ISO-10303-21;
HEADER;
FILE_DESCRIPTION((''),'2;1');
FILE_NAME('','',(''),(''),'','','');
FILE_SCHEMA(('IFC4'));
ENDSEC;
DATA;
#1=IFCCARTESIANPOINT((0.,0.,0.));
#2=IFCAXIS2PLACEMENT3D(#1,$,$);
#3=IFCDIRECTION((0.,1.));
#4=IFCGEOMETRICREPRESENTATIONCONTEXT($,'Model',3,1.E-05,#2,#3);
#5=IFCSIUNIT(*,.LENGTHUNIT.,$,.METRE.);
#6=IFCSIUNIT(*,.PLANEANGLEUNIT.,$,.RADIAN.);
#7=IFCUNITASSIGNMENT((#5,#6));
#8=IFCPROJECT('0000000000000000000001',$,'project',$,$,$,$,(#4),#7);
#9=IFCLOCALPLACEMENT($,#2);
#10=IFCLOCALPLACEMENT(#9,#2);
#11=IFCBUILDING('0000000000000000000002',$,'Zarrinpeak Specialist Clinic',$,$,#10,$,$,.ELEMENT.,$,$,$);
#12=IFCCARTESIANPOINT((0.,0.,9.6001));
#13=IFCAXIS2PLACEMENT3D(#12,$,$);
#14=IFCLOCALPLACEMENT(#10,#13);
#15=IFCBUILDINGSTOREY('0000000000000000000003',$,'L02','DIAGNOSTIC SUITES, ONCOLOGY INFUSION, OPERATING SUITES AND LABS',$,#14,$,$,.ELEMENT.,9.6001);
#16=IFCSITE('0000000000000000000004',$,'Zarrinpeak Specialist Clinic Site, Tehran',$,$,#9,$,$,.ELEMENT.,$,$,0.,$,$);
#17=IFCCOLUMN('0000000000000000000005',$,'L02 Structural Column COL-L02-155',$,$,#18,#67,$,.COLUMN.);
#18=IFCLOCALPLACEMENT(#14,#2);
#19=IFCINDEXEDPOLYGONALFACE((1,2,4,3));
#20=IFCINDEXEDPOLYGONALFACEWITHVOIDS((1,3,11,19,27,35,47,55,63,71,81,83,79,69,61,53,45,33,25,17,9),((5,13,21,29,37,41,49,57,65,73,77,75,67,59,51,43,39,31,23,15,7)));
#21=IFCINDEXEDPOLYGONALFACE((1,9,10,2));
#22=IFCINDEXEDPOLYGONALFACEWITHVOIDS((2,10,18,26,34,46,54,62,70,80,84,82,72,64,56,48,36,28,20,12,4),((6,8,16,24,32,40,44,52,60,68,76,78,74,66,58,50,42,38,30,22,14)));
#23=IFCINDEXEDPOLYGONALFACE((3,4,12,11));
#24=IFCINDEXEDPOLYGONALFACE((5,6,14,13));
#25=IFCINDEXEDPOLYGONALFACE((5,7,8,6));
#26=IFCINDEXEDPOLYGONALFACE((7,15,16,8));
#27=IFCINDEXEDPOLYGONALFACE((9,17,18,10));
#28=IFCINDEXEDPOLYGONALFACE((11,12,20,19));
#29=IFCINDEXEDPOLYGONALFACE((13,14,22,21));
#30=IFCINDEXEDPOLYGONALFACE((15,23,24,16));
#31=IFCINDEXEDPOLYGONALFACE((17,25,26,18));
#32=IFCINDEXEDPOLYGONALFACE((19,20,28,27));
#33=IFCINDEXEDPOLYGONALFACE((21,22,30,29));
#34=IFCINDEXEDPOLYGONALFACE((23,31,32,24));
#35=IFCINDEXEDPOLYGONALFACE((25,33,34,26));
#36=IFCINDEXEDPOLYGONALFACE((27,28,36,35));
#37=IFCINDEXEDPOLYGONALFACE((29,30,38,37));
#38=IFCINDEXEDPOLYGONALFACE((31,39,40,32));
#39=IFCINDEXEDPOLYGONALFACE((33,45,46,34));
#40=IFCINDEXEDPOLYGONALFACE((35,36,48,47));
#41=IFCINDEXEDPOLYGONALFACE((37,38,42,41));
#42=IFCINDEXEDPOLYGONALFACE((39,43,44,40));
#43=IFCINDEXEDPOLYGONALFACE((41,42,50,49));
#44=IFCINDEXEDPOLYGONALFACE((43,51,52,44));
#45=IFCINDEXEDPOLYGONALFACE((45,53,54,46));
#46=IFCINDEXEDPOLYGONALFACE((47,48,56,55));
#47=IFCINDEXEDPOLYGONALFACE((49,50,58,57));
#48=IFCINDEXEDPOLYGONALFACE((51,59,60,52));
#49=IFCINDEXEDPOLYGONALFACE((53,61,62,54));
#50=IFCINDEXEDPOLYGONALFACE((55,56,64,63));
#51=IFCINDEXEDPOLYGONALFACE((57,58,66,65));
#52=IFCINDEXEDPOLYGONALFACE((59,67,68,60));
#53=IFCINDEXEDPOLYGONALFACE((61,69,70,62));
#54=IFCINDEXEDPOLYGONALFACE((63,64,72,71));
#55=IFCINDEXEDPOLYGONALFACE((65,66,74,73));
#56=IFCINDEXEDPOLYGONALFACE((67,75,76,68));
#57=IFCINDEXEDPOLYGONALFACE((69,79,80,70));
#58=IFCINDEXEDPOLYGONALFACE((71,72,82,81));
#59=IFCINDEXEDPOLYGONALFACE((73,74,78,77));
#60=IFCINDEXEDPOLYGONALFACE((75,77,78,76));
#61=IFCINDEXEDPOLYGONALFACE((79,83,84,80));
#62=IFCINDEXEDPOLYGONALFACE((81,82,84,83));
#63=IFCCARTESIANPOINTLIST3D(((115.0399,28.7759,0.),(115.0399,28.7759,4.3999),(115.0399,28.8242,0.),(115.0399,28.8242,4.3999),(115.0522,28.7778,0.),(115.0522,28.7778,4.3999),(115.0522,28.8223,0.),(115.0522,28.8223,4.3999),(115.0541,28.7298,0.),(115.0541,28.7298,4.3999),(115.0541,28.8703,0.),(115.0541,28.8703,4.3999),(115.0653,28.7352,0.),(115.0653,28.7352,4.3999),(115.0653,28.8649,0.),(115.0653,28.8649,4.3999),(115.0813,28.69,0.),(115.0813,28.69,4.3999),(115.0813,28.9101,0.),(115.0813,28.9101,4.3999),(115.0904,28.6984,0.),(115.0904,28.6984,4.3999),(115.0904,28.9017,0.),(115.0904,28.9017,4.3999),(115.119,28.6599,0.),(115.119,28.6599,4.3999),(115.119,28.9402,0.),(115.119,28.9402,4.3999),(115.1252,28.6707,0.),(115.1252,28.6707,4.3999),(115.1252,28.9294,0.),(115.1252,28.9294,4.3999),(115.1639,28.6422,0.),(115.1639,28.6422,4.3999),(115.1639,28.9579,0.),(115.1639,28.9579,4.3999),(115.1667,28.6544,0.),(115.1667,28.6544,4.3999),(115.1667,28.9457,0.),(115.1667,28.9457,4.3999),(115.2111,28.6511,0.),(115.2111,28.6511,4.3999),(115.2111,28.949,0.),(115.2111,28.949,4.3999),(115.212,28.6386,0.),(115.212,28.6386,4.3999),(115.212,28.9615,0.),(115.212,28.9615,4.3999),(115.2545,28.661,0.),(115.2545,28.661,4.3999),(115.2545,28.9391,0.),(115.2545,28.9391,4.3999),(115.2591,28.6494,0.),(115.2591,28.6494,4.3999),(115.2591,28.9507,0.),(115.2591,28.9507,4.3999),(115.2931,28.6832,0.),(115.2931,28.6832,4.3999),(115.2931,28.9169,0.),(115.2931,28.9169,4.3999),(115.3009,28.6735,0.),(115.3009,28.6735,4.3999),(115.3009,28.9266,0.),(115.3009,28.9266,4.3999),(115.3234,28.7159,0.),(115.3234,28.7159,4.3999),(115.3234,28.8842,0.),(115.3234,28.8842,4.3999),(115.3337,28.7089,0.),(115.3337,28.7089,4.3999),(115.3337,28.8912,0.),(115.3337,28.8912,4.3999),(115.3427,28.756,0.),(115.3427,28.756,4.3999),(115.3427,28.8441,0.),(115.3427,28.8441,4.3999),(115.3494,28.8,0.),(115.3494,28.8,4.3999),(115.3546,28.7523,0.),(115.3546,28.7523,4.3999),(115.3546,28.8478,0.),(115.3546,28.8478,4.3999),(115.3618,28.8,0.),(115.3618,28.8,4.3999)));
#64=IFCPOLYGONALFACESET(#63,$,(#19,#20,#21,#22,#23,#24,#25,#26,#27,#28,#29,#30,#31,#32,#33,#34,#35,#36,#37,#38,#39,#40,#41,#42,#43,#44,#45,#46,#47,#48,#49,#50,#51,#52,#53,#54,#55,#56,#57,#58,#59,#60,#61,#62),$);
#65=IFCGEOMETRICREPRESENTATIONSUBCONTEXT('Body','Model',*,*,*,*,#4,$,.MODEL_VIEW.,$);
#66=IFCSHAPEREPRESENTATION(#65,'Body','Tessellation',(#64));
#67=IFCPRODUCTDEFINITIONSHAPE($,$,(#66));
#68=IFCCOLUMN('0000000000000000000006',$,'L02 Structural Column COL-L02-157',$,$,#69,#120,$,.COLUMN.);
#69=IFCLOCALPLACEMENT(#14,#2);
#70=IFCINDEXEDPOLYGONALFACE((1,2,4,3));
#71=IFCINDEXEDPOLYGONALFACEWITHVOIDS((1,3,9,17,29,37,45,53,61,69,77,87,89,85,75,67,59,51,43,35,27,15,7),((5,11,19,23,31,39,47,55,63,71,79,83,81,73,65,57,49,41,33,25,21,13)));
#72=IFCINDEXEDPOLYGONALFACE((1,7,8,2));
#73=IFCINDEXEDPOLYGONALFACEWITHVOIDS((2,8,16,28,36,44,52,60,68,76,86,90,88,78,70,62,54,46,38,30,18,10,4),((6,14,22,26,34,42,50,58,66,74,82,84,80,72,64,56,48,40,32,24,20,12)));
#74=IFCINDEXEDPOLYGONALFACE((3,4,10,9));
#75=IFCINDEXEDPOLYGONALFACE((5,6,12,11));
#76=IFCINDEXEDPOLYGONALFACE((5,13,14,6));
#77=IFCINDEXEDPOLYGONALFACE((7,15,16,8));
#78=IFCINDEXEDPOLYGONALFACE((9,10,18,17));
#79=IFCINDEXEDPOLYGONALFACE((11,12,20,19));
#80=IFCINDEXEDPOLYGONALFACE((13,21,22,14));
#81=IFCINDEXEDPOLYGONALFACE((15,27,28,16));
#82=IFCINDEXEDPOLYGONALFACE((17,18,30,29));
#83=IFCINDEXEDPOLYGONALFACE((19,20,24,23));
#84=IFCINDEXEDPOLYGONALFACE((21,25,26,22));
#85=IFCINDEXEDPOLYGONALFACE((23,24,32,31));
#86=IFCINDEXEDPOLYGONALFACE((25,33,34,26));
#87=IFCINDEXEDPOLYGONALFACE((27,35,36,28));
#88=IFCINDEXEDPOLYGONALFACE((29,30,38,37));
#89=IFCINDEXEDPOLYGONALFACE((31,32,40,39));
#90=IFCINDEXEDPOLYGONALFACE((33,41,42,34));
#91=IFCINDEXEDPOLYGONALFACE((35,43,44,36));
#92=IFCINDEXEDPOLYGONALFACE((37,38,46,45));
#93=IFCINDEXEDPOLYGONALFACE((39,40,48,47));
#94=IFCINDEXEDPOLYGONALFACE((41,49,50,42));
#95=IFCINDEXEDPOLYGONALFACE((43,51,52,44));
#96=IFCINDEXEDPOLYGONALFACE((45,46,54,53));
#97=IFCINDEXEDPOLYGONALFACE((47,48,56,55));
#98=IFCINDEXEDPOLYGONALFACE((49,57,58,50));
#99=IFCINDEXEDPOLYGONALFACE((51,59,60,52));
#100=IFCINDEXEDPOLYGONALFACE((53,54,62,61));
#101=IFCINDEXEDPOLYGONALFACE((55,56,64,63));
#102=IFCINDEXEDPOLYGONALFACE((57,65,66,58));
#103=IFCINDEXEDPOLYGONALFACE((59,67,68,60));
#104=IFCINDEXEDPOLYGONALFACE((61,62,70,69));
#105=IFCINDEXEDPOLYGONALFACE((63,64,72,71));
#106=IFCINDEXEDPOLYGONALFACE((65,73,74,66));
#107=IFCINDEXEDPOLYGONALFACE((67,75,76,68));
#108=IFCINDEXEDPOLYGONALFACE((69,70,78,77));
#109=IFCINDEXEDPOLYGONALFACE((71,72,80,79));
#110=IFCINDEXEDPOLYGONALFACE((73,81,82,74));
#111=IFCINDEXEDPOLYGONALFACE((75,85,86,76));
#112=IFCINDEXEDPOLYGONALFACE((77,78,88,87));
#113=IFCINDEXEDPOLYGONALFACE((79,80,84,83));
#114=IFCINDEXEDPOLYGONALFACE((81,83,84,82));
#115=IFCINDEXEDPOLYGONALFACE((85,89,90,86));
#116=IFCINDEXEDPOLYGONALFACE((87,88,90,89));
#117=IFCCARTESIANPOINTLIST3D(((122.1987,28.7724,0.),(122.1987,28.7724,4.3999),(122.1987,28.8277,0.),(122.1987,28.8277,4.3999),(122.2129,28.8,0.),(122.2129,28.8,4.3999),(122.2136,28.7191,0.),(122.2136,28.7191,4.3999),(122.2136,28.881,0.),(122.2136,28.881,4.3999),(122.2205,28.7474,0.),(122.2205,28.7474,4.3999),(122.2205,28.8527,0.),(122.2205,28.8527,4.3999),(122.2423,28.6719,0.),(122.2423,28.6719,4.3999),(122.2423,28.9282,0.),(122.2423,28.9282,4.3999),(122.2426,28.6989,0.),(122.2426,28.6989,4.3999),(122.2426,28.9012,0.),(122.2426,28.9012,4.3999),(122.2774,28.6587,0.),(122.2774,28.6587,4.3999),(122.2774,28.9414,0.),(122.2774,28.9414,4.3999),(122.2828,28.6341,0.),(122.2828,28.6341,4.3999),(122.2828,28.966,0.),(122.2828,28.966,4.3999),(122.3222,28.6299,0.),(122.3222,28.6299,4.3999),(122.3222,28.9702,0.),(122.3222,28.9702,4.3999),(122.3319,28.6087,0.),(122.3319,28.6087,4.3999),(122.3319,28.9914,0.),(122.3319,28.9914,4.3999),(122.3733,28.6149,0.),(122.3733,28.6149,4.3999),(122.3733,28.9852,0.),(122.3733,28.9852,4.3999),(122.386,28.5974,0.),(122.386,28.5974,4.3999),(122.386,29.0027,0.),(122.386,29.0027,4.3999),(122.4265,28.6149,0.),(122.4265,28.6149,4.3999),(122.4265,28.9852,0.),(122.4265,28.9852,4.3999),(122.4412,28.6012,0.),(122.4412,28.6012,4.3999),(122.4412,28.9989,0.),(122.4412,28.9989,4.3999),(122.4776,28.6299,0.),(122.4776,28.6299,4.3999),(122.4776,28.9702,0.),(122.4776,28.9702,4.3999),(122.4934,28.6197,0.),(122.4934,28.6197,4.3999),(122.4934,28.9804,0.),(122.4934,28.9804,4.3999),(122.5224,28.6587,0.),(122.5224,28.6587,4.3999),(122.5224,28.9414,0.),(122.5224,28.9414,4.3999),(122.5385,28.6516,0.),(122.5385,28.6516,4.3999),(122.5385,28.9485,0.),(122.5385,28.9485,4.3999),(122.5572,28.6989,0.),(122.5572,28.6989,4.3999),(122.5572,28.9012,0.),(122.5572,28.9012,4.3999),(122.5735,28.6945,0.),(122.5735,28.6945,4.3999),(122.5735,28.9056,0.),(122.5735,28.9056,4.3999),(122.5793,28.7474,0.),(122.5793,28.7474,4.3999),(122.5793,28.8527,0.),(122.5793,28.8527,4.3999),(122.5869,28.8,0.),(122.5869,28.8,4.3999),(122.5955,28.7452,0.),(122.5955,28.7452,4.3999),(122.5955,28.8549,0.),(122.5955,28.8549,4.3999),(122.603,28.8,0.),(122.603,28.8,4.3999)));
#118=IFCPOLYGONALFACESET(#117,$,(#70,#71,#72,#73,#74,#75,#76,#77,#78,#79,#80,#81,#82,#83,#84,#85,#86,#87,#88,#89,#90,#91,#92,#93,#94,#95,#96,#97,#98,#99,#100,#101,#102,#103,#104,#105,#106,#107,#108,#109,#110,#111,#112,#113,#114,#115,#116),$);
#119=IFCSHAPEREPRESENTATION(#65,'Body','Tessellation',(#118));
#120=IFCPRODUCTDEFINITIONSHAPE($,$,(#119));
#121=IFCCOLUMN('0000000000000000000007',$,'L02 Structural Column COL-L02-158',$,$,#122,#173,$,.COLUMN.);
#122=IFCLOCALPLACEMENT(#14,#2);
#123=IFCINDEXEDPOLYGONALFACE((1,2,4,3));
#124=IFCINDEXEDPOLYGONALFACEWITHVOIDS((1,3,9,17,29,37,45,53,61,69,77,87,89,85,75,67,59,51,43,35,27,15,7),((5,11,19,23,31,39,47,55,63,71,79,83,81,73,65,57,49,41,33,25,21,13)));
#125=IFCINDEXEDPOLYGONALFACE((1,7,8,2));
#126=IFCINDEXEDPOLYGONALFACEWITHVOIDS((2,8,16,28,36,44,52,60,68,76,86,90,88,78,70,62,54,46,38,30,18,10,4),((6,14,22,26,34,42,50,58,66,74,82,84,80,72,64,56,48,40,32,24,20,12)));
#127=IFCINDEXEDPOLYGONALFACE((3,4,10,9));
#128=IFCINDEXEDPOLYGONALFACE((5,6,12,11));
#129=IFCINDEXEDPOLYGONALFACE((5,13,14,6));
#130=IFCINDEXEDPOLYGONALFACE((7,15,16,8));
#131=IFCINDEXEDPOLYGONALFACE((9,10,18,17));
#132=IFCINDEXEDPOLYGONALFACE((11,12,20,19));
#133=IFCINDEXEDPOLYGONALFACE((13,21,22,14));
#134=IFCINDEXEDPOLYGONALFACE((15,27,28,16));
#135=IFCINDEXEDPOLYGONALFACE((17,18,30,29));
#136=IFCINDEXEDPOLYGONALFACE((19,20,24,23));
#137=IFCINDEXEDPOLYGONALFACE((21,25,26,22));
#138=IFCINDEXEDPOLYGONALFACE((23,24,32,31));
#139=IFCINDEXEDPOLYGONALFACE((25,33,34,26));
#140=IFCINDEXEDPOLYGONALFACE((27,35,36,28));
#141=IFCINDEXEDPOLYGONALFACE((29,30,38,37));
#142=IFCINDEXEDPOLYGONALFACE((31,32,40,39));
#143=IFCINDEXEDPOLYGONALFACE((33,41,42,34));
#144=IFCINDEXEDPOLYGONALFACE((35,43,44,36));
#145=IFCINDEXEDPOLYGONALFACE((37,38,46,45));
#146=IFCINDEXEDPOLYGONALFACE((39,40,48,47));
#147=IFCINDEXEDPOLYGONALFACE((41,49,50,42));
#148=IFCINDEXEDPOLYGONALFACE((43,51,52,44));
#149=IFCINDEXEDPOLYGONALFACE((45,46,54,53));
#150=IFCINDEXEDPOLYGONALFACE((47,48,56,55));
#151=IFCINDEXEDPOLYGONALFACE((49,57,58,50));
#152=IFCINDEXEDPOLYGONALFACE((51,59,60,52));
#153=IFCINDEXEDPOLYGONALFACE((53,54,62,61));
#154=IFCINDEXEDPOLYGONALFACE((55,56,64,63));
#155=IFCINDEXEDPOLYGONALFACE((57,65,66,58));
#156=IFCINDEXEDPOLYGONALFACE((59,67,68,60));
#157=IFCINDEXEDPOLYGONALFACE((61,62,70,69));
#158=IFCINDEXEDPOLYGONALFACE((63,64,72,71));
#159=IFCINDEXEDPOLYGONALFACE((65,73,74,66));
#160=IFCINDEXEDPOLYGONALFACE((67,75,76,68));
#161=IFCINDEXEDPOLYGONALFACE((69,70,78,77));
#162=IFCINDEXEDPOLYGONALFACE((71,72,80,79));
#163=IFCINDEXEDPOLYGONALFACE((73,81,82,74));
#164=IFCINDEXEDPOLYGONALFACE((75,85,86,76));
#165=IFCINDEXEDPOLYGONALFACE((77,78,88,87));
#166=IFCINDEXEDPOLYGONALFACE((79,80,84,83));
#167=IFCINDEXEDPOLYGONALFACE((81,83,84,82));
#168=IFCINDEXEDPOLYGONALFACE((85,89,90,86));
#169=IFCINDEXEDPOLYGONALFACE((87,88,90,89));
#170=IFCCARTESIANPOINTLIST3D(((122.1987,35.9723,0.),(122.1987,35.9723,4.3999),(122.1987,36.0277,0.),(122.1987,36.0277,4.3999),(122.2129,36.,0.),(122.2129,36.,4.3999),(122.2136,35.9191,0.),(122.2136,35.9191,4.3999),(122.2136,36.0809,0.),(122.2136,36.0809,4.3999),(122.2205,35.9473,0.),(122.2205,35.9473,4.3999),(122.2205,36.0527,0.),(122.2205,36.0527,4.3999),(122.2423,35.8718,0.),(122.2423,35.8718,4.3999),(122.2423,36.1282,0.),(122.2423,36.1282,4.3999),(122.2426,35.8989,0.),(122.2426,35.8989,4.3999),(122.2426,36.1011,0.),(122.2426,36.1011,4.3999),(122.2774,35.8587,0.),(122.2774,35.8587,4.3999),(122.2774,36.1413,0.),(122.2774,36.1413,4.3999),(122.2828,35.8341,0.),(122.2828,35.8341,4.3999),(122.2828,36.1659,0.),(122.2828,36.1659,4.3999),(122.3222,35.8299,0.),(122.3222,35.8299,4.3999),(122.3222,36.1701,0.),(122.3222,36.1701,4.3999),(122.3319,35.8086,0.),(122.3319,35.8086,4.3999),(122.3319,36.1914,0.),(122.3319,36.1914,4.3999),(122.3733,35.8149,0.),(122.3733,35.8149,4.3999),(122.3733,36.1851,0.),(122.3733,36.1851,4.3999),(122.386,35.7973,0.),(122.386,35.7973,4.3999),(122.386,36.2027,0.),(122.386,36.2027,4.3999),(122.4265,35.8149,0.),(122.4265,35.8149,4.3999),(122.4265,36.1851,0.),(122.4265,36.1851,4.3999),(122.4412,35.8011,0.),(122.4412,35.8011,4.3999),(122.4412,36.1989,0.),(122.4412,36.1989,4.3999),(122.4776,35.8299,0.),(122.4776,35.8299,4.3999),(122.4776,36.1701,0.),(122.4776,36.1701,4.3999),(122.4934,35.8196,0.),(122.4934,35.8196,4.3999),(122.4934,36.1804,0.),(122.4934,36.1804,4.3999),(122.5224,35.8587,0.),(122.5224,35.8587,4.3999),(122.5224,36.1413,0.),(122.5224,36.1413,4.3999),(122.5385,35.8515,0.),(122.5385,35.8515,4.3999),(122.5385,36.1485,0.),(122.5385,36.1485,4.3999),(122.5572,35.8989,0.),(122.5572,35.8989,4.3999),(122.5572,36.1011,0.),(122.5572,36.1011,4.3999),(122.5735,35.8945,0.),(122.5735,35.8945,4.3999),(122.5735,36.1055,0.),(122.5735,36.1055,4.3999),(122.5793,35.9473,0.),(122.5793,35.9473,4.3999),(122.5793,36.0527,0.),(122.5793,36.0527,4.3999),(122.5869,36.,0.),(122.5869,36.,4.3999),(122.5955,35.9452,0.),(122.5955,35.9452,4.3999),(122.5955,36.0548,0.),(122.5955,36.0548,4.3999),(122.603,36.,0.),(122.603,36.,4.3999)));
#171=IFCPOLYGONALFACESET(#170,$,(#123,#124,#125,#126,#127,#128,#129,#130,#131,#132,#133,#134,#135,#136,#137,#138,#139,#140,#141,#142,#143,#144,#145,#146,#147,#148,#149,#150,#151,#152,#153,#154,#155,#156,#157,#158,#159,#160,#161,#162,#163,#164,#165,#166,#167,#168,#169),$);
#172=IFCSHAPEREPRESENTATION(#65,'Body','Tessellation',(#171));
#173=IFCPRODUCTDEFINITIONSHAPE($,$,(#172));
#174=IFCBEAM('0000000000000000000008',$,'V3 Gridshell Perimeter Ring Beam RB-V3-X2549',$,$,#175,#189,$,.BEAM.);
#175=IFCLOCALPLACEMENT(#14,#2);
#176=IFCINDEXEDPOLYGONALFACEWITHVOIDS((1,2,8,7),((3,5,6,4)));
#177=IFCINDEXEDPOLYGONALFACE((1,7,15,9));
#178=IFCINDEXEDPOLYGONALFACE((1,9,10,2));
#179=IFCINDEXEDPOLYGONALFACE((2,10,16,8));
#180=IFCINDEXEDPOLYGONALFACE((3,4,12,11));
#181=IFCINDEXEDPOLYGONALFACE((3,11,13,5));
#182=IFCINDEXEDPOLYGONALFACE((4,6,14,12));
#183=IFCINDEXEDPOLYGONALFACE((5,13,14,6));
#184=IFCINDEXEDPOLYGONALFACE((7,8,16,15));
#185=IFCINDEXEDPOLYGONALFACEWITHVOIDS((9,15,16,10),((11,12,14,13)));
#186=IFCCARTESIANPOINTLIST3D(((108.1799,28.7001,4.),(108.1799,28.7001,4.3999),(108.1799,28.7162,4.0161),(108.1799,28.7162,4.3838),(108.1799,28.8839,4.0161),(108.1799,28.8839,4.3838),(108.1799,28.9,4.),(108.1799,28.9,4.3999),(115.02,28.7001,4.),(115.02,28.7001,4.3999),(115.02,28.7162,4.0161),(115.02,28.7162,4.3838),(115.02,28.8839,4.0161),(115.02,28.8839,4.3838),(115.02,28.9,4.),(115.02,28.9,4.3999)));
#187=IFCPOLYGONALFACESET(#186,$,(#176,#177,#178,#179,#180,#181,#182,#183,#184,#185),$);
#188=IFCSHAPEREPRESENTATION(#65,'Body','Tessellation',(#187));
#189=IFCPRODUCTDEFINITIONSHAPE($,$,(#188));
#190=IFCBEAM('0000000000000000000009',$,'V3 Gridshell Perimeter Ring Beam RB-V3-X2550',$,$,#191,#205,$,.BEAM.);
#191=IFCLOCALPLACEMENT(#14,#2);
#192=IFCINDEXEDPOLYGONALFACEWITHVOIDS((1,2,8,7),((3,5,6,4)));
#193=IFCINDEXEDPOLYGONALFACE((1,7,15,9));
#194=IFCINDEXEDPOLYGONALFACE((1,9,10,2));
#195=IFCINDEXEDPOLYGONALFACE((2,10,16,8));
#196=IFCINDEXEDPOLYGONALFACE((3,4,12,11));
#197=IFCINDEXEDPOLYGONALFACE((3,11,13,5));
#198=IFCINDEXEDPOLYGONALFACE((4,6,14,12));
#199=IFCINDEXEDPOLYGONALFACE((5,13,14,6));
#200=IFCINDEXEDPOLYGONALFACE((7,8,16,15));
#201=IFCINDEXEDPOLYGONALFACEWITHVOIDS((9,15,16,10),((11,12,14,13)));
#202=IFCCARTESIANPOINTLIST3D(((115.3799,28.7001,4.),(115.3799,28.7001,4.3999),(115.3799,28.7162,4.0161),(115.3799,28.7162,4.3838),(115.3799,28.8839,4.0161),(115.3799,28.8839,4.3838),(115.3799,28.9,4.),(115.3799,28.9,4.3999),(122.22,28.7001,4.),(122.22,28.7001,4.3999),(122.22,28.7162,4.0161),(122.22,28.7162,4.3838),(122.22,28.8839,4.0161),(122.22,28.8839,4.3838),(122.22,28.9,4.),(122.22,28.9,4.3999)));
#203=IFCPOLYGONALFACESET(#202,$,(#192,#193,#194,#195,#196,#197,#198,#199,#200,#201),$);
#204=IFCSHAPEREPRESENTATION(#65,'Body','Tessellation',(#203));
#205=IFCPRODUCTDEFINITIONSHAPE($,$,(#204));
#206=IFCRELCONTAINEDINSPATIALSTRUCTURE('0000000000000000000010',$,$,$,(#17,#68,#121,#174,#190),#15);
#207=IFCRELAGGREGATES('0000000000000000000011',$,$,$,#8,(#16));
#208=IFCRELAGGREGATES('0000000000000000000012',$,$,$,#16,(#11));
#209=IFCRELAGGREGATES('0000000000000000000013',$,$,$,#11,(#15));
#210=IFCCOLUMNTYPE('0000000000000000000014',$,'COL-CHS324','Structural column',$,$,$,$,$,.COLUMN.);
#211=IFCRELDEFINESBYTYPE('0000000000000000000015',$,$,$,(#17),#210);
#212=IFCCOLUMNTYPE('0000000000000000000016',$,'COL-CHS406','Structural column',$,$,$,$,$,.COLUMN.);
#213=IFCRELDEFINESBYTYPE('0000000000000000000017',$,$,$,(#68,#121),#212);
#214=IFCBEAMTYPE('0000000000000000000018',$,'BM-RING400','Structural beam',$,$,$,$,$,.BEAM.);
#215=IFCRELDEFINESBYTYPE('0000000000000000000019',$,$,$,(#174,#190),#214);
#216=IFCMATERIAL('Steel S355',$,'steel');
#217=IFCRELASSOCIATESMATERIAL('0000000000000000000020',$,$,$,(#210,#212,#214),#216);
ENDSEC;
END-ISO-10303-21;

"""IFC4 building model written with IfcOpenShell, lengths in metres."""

from ifc_helpers import new_model, si_unit, direction, frame, origin, origin_2d, place, context, subcontext, project, spatial, hollow_rectangle, hollow_circle, extrude, material, material_profile, profile_set, type_object, element, save


model = new_model("IFC4")

# Units and contexts
model_context = context("Model", 3, precision=1e-05, world=origin(), true_north=direction((0.0, 1.0)))
body_context = subcontext(model_context, "Body", "Model", "MODEL_VIEW")
ifc_project = project(units=[si_unit("LENGTHUNIT", "METRE"), si_unit("PLANEANGLEUNIT", "RADIAN")], contexts=[model_context])

# Site, building, storey
site_placement = place(None, origin())
site = spatial("IfcSite", under=ifc_project, at=site_placement, Name="Zarrinpeak Specialist Clinic Site, Tehran", CompositionType="ELEMENT", RefElevation=0.0)
building_placement = place(site_placement, origin())
building = spatial("IfcBuilding", under=site, at=building_placement, Name="Zarrinpeak Specialist Clinic", CompositionType="ELEMENT")
storey_placement = place(building_placement, frame((0.0, 0.0, 9.6001)))
storey = spatial("IfcBuildingStorey", under=building, at=storey_placement, Name="L02", Description="DIAGNOSTIC SUITES, ONCOLOGY INFUSION, OPERATING SUITES AND LABS", CompositionType="ELEMENT", Elevation=9.6001)

# Columns
ifc_material_1 = material(Name="Steel S355", Category="steel")
ifc_material_profile_1 = material_profile(ifc_material_1, hollow_circle(Radius=0.1619, WallThickness=0.0125, at=origin_2d()), Name="CHS 323.9x12.5")
ifc_profile_set_1 = profile_set([ifc_material_profile_1], Name="Steel S355")
column_type_1 = type_object("IfcColumnType", Name="COL-CHS324", Description="Structural column", PredefinedType="COLUMN", material=ifc_profile_set_1)
column_placement = place(storey_placement, frame((115.2, 28.8, 0.0), z_axis=(0.0, 0.0, 1.0), x_axis=(1.0, 0.0, 0.0)))
element("IfcColumn", 1, at=column_placement, inside=storey, type_object=column_type_1, Name="L02 Structural Column COL-L02-155", PredefinedType="COLUMN", context=body_context, shape_type="SweptSolid", body=[
    extrude(hollow_circle(Radius=0.1619, WallThickness=0.0125, at=origin_2d()), origin(), (0.0, 0.0, 1.0), 4.3999),
])
ifc_material_profile_2 = material_profile(ifc_material_1, hollow_circle(Radius=0.2031, WallThickness=0.0161, at=origin_2d()), Name="CHS 406.4x16.0")
ifc_profile_set_2 = profile_set([ifc_material_profile_2], Name="Steel S355")
column_type_2 = type_object("IfcColumnType", Name="COL-CHS406", Description="Structural column", PredefinedType="COLUMN", material=ifc_profile_set_2)
for number, where, z_axis, x_axis, name in (
    (2, (122.3999, 28.8, 0.0), (0.0, 0.0, 1.0), (1.0, 0.0, 0.0), "L02 Structural Column COL-L02-157"),
    (3, (122.3999, 36.0, 0.0), (0.0, 0.0, 1.0), (1.0, 0.0, 0.0), "L02 Structural Column COL-L02-158"),
):
    element("IfcColumn", number, at=place(storey_placement, frame(where, z_axis=z_axis, x_axis=x_axis)), inside=storey, type_object=column_type_2, Name=name, PredefinedType="COLUMN", context=body_context, shape_type="SweptSolid", body=[
        extrude(hollow_circle(Radius=0.2031, WallThickness=0.0161, at=origin_2d()), origin(), (0.0, 0.0, 1.0), 4.3999),
    ])

# Beams
ifc_material_profile_3 = material_profile(ifc_material_1, hollow_rectangle(XDim=0.2, YDim=0.3999, WallThickness=0.0161, at=origin_2d()), Name="RHS 400x200x16.0")
ifc_profile_set_3 = profile_set([ifc_material_profile_3], Name="Steel S355")
beam_type_1 = type_object("IfcBeamType", Name="BM-RING400", Description="Structural beam", PredefinedType="BEAM", material=ifc_profile_set_3)
for number, where, z_axis, x_axis, name in (
    (4, (108.1799, 28.8, 4.2), (1.0, 0.0, 0.0), (0.0, 1.0, 0.0), "V3 Gridshell Perimeter Ring Beam RB-V3-X2549"),
    (5, (115.3799, 28.8, 4.2), (1.0, 0.0, 0.0), (0.0, 1.0, 0.0), "V3 Gridshell Perimeter Ring Beam RB-V3-X2550"),
):
    element("IfcBeam", number, at=place(storey_placement, frame(where, z_axis=z_axis, x_axis=x_axis)), inside=storey, type_object=beam_type_1, Name=name, PredefinedType="BEAM", context=body_context, shape_type="SweptSolid", body=[
        extrude(hollow_rectangle(XDim=0.2, YDim=0.3999, WallThickness=0.0161, at=origin_2d()), origin(), (0.0, 0.0, 1.0), 6.8401),
    ])

save(model, "model.ifc")
